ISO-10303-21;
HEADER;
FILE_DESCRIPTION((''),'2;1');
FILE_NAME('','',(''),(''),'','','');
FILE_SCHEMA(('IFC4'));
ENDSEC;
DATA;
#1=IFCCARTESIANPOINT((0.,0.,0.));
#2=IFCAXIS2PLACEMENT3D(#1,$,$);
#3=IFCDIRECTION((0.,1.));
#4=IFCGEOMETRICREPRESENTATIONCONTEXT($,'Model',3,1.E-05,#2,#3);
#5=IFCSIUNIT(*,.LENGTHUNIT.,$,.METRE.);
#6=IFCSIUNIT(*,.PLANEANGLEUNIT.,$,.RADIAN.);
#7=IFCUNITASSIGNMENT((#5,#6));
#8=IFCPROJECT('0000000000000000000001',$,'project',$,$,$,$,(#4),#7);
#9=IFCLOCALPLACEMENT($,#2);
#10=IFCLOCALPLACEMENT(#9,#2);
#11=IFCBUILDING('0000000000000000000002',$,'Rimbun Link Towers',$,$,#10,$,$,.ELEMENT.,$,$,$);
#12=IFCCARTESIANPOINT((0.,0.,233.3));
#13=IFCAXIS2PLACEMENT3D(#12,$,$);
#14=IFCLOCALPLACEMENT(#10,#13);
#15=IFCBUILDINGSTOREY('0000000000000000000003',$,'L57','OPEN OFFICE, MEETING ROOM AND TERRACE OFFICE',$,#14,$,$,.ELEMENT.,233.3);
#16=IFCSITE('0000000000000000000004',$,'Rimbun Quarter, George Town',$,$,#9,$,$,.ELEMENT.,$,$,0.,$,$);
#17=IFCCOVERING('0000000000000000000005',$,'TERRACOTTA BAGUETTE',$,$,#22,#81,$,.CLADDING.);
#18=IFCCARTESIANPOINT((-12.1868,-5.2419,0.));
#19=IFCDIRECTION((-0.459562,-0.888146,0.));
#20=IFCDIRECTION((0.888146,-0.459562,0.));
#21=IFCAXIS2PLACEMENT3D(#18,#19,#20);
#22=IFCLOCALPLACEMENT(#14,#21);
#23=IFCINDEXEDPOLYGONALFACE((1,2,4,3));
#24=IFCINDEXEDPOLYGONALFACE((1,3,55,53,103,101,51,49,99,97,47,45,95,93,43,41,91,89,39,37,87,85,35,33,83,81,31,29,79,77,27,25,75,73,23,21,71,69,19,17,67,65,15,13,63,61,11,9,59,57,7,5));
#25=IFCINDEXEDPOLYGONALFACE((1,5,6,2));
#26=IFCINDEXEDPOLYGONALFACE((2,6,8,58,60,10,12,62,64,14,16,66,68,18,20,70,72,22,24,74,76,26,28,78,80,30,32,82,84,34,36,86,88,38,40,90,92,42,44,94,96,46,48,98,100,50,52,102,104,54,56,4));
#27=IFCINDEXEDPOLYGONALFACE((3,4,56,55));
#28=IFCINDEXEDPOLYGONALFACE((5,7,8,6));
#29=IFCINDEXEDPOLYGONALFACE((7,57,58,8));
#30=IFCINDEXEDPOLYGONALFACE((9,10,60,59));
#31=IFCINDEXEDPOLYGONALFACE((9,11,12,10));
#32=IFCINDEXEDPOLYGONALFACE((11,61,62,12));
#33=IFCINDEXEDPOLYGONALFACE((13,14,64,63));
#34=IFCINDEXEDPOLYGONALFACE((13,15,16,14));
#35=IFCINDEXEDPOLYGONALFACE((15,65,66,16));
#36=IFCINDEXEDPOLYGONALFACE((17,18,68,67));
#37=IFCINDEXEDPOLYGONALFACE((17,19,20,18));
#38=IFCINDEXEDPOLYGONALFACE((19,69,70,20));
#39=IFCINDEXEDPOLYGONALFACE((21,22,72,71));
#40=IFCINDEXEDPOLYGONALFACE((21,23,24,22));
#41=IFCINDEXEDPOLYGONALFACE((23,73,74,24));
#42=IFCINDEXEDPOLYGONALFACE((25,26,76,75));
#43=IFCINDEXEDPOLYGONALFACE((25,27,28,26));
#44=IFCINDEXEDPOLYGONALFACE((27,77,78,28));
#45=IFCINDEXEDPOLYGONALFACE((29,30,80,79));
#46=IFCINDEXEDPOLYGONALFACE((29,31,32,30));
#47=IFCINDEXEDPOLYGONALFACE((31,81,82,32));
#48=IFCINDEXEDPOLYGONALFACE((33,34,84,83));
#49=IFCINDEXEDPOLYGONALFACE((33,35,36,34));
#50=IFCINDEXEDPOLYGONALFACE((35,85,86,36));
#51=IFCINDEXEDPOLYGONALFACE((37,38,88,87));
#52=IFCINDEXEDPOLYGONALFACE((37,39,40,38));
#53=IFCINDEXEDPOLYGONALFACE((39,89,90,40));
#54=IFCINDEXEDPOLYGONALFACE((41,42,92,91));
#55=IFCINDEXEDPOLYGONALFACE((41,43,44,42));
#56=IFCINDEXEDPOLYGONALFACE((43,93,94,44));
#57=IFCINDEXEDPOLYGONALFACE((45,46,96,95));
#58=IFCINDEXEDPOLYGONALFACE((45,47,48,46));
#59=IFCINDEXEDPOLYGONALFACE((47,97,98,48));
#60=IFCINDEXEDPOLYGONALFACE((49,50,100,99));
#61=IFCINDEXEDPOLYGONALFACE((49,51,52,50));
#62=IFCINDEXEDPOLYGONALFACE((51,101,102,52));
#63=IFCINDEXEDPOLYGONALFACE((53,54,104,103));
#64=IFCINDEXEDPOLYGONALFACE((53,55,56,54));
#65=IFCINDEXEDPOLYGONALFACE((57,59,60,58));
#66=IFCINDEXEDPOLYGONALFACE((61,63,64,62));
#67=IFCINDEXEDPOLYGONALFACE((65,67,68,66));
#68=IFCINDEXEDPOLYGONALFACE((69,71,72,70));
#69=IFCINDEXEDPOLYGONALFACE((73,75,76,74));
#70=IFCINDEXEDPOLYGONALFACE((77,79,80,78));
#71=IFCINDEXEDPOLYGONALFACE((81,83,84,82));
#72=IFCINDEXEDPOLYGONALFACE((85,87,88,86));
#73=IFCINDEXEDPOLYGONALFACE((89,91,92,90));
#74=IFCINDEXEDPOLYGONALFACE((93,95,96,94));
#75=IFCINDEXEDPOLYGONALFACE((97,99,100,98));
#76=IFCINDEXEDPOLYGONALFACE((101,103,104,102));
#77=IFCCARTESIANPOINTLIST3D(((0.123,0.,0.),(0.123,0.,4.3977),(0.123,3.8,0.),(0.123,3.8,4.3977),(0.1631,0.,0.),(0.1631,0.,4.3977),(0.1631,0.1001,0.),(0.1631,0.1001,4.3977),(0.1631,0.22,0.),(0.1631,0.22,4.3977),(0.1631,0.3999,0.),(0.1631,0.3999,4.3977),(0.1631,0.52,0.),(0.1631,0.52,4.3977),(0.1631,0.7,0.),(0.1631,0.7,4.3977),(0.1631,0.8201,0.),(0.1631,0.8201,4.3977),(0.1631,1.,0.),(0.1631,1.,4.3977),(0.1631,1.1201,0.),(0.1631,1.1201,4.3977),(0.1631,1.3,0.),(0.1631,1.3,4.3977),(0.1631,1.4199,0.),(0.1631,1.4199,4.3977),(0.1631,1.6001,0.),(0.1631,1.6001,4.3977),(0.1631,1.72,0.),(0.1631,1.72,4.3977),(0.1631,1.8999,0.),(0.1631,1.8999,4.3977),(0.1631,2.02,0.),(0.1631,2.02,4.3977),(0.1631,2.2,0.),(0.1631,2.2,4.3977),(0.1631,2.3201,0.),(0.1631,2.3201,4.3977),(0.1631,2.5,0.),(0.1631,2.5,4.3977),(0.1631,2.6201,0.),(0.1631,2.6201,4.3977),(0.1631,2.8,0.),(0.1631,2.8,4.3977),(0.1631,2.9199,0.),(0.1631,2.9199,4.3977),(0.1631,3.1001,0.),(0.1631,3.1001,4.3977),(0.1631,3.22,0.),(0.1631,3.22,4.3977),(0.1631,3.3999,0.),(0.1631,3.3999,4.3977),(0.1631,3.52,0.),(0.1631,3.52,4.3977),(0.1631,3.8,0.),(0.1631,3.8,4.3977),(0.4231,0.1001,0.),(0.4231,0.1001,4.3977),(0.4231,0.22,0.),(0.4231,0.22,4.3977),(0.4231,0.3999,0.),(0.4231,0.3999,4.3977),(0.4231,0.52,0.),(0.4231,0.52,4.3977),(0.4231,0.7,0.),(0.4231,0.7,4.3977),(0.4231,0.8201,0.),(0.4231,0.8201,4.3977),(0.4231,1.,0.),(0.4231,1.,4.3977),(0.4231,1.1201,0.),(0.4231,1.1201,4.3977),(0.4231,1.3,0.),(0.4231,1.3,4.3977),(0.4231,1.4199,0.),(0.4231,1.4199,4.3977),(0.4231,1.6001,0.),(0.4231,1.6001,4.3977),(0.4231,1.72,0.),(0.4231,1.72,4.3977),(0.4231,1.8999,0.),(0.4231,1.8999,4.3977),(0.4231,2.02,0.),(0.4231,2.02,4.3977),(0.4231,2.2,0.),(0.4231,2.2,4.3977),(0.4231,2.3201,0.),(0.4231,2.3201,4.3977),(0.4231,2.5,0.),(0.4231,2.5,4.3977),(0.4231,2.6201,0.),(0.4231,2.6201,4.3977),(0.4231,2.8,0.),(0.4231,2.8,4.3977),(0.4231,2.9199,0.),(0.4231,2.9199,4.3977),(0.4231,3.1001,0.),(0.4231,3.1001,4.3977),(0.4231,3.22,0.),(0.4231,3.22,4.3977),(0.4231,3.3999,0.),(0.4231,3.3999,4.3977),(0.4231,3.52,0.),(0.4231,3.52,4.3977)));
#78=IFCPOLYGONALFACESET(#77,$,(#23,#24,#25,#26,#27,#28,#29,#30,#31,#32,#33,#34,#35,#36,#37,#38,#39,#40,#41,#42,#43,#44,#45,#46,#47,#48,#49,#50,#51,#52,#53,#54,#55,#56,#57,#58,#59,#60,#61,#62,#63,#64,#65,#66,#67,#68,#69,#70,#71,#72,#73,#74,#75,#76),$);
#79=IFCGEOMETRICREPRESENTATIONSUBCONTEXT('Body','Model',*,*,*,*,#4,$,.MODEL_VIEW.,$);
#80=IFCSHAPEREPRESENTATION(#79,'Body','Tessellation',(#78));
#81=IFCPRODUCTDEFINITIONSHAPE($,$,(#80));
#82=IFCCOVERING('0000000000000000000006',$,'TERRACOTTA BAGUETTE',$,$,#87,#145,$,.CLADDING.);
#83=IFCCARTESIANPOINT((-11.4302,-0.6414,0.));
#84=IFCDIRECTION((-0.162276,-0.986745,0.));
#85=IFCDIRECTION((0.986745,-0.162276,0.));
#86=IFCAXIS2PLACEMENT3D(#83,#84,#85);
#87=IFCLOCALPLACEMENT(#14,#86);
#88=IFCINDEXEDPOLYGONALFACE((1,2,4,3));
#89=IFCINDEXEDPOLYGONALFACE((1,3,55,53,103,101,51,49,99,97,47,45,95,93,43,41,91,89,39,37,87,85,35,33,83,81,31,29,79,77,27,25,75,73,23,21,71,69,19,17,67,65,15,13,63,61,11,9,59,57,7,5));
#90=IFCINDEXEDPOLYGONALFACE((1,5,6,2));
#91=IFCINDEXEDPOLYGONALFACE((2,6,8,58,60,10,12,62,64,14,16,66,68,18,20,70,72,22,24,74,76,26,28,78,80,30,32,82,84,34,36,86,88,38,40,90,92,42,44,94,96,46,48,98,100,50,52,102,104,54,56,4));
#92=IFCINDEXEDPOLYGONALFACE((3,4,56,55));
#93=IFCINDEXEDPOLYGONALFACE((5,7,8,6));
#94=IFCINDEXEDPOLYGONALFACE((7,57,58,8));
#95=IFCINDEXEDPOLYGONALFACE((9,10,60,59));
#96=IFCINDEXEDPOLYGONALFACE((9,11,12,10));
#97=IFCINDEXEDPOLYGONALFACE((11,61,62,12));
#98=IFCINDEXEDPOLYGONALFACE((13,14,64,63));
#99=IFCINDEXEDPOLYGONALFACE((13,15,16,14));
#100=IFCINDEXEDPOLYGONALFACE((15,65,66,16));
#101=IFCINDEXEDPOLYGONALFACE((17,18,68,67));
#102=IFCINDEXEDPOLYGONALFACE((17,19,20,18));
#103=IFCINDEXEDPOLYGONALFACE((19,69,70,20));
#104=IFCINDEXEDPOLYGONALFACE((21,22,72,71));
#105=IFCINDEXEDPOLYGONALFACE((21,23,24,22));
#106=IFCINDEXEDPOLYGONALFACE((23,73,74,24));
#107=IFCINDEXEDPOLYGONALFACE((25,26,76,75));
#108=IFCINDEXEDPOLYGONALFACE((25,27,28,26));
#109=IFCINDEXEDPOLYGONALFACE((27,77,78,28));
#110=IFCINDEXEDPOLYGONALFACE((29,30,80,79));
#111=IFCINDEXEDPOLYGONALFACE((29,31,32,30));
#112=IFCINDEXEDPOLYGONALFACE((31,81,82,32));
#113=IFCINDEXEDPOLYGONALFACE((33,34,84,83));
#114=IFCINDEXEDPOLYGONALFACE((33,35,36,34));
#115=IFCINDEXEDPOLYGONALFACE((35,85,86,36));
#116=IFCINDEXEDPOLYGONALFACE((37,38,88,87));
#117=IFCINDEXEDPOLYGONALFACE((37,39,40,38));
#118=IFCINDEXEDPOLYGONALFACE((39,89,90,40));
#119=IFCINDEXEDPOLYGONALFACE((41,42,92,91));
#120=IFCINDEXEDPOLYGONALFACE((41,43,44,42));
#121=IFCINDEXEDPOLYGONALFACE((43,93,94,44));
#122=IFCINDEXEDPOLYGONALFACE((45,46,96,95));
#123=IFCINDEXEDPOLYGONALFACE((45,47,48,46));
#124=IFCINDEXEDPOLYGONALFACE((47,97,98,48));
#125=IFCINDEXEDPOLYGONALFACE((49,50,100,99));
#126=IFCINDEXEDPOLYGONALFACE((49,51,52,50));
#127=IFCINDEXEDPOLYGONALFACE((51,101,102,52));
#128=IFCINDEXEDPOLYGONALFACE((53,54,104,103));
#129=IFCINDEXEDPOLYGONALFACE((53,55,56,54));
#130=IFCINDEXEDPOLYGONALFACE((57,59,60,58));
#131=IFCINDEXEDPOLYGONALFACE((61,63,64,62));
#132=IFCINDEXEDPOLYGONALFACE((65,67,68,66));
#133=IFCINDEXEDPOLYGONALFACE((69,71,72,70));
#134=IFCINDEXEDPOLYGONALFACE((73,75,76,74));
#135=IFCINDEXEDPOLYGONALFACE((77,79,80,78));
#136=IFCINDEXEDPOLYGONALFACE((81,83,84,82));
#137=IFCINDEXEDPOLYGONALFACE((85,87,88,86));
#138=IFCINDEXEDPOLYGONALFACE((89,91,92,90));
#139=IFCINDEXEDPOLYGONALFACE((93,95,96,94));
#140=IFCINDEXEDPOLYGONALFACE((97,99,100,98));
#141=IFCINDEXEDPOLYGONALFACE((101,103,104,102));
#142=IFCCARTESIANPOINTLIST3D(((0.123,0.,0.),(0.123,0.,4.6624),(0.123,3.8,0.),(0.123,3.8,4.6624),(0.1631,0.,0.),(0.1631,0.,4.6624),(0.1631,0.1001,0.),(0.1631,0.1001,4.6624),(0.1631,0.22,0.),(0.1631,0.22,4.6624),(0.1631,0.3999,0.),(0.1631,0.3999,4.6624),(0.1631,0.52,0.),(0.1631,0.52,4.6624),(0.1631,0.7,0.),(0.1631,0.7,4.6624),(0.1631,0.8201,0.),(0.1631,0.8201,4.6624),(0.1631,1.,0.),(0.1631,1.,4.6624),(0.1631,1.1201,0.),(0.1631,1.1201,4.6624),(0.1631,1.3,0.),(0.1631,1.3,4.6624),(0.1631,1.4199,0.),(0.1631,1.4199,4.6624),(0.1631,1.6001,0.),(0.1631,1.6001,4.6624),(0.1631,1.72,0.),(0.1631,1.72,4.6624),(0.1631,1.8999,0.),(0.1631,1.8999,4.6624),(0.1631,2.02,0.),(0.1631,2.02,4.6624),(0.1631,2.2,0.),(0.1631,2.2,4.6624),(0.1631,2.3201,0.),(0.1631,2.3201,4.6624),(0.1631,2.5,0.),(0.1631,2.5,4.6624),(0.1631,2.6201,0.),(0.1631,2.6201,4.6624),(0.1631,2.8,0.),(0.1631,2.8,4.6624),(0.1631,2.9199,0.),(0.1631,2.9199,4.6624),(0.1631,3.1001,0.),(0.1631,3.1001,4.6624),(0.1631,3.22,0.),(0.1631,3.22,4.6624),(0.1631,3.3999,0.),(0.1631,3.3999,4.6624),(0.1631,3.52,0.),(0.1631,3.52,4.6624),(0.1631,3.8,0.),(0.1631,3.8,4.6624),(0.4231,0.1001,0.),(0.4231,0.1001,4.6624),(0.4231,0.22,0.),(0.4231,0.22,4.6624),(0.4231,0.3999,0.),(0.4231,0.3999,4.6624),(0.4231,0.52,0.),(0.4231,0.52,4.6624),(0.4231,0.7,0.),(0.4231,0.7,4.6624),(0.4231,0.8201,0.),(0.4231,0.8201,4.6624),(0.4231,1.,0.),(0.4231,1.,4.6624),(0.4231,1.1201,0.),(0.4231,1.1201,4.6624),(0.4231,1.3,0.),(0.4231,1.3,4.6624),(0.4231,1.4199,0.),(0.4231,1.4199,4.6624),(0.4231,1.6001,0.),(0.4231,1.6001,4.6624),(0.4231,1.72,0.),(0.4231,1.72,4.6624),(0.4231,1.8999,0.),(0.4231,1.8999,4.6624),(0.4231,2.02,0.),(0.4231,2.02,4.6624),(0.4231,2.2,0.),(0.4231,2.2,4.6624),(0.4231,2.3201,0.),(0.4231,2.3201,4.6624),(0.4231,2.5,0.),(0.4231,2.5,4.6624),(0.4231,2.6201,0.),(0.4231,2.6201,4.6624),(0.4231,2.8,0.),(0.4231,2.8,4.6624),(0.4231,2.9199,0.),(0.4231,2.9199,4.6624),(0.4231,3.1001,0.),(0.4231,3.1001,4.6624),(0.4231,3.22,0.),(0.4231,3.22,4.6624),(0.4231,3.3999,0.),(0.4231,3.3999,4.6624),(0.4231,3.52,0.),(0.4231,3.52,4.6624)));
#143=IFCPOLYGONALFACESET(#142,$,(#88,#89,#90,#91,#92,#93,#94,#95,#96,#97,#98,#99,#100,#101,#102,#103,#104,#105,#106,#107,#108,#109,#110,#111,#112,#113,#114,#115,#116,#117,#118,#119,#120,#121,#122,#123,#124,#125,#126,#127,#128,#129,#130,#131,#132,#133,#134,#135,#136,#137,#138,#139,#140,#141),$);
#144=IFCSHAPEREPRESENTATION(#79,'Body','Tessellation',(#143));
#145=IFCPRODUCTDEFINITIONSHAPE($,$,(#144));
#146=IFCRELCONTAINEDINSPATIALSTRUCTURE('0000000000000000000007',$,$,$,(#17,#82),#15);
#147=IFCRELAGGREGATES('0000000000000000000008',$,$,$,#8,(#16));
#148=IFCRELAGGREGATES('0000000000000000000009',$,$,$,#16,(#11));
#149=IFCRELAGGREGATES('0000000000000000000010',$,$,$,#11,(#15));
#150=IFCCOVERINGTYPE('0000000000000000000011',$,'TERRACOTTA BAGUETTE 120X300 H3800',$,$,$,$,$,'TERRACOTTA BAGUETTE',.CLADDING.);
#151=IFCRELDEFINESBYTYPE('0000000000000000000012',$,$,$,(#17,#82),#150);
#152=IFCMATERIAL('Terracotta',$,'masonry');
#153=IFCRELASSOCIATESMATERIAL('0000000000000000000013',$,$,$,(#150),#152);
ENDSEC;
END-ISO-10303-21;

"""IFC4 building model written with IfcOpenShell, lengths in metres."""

from ifc_helpers import new_model, si_unit, direction, frame, origin, place, context, subcontext, project, spatial, polyline, outline, extrude, material, material_profile, profile_set, type_object, element, save


model = new_model("IFC4")

# Units and contexts
model_context = context("Model", 3, precision=1e-05, world=origin(), true_north=direction((0.0, 1.0)))
body_context = subcontext(model_context, "Body", "Model", "MODEL_VIEW")
ifc_project = project(units=[si_unit("LENGTHUNIT", "METRE"), si_unit("PLANEANGLEUNIT", "RADIAN")], contexts=[model_context])

# Site, building, storey
site_placement = place(None, origin())
site = spatial("IfcSite", under=ifc_project, at=site_placement, Name="Rimbun Quarter, George Town", CompositionType="ELEMENT", RefElevation=0.0)
building_placement = place(site_placement, origin())
building = spatial("IfcBuilding", under=site, at=building_placement, Name="Rimbun Link Towers", CompositionType="ELEMENT")
storey_placement = place(building_placement, frame((0.0, 0.0, 233.3)))
storey = spatial("IfcBuildingStorey", under=building, at=storey_placement, Name="L57", Description="OPEN OFFICE, MEETING ROOM AND TERRACE OFFICE", CompositionType="ELEMENT", Elevation=233.3)

# Coverings
ifc_material_1 = material(Name="Terracotta", Category="masonry")
ifc_material_profile_1 = material_profile(ifc_material_1, outline(polyline([(0.123, 0.0), (0.1631, 0.0), (0.1631, 0.1001), (0.4231, 0.1001), (0.4231, 0.22), (0.1631, 0.22), (0.1631, 0.3999), (0.4231, 0.3999), (0.4231, 0.52), (0.1631, 0.52), (0.1631, 0.7), (0.4231, 0.7), (0.4231, 0.8201), (0.1631, 0.8201), (0.1631, 1.0), (0.4231, 1.0), (0.4231, 1.1201), (0.1631, 1.1201), (0.1631, 1.3), (0.4231, 1.3), (0.4231, 1.4199), (0.1631, 1.4199), (0.1631, 1.6001), (0.4231, 1.6001), (0.4231, 1.72), (0.1631, 1.72), (0.1631, 1.8999), (0.4231, 1.8999), (0.4231, 2.02), (0.1631, 2.02), (0.1631, 2.2), (0.4231, 2.2), (0.4231, 2.3201), (0.1631, 2.3201), (0.1631, 2.5), (0.4231, 2.5), (0.4231, 2.6201), (0.1631, 2.6201), (0.1631, 2.8), (0.4231, 2.8), (0.4231, 2.9199), (0.1631, 2.9199), (0.1631, 3.1001), (0.4231, 3.1001), (0.4231, 3.22), (0.1631, 3.22), (0.1631, 3.3999), (0.4231, 3.3999), (0.4231, 3.52), (0.1631, 3.52), (0.1631, 3.8), (0.123, 3.8), (0.123, 0.0)])), Name="BAGUETTE 120X300")
ifc_profile_set_1 = profile_set([ifc_material_profile_1], Name="Terracotta")
covering_type = type_object("IfcCoveringType", Name="TERRACOTTA BAGUETTE 120X300 H3800", ElementType="TERRACOTTA BAGUETTE", PredefinedType="CLADDING", material=ifc_profile_set_1)
covering_1_placement = place(storey_placement, frame((-12.1868, -5.2419, 0.0), z_axis=(-0.459562, -0.888146, 0.0), x_axis=(0.888146, -0.459562, 0.0)))
element("IfcCovering", 1, at=covering_1_placement, inside=storey, type_object=covering_type, Name="TERRACOTTA BAGUETTE", PredefinedType="CLADDING", context=body_context, shape_type="SweptSolid", body=[
    extrude(outline(polyline([(0.123, 0.0), (0.1631, 0.0), (0.1631, 0.1001), (0.4231, 0.1001), (0.4231, 0.22), (0.1631, 0.22), (0.1631, 0.3999), (0.4231, 0.3999), (0.4231, 0.52), (0.1631, 0.52), (0.1631, 0.7), (0.4231, 0.7), (0.4231, 0.8201), (0.1631, 0.8201), (0.1631, 1.0), (0.4231, 1.0), (0.4231, 1.1201), (0.1631, 1.1201), (0.1631, 1.3), (0.4231, 1.3), (0.4231, 1.4199), (0.1631, 1.4199), (0.1631, 1.6001), (0.4231, 1.6001), (0.4231, 1.72), (0.1631, 1.72), (0.1631, 1.8999), (0.4231, 1.8999), (0.4231, 2.02), (0.1631, 2.02), (0.1631, 2.2), (0.4231, 2.2), (0.4231, 2.3201), (0.1631, 2.3201), (0.1631, 2.5), (0.4231, 2.5), (0.4231, 2.6201), (0.1631, 2.6201), (0.1631, 2.8), (0.4231, 2.8), (0.4231, 2.9199), (0.1631, 2.9199), (0.1631, 3.1001), (0.4231, 3.1001), (0.4231, 3.22), (0.1631, 3.22), (0.1631, 3.3999), (0.4231, 3.3999), (0.4231, 3.52), (0.1631, 3.52), (0.1631, 3.8), (0.123, 3.8), (0.123, 0.0)])), origin(), (0.0, 0.0, 1.0), 4.3977),
])
covering_2_placement = place(storey_placement, frame((-11.4302, -0.6414, 0.0), z_axis=(-0.162276, -0.986745, 0.0), x_axis=(0.986745, -0.162276, 0.0)))
element("IfcCovering", 2, at=covering_2_placement, inside=storey, type_object=covering_type, Name="TERRACOTTA BAGUETTE", PredefinedType="CLADDING", context=body_context, shape_type="SweptSolid", body=[
    extrude(outline(polyline([(0.123, 0.0), (0.1631, 0.0), (0.1631, 0.1001), (0.4231, 0.1001), (0.4231, 0.22), (0.1631, 0.22), (0.1631, 0.3999), (0.4231, 0.3999), (0.4231, 0.52), (0.1631, 0.52), (0.1631, 0.7), (0.4231, 0.7), (0.4231, 0.8201), (0.1631, 0.8201), (0.1631, 1.0), (0.4231, 1.0), (0.4231, 1.1201), (0.1631, 1.1201), (0.1631, 1.3), (0.4231, 1.3), (0.4231, 1.4199), (0.1631, 1.4199), (0.1631, 1.6001), (0.4231, 1.6001), (0.4231, 1.72), (0.1631, 1.72), (0.1631, 1.8999), (0.4231, 1.8999), (0.4231, 2.02), (0.1631, 2.02), (0.1631, 2.2), (0.4231, 2.2), (0.4231, 2.3201), (0.1631, 2.3201), (0.1631, 2.5), (0.4231, 2.5), (0.4231, 2.6201), (0.1631, 2.6201), (0.1631, 2.8), (0.4231, 2.8), (0.4231, 2.9199), (0.1631, 2.9199), (0.1631, 3.1001), (0.4231, 3.1001), (0.4231, 3.22), (0.1631, 3.22), (0.1631, 3.3999), (0.4231, 3.3999), (0.4231, 3.52), (0.1631, 3.52), (0.1631, 3.8), (0.123, 3.8), (0.123, 0.0)])), origin(), (0.0, 0.0, 1.0), 4.6624),
])

save(model, "model.ifc")
